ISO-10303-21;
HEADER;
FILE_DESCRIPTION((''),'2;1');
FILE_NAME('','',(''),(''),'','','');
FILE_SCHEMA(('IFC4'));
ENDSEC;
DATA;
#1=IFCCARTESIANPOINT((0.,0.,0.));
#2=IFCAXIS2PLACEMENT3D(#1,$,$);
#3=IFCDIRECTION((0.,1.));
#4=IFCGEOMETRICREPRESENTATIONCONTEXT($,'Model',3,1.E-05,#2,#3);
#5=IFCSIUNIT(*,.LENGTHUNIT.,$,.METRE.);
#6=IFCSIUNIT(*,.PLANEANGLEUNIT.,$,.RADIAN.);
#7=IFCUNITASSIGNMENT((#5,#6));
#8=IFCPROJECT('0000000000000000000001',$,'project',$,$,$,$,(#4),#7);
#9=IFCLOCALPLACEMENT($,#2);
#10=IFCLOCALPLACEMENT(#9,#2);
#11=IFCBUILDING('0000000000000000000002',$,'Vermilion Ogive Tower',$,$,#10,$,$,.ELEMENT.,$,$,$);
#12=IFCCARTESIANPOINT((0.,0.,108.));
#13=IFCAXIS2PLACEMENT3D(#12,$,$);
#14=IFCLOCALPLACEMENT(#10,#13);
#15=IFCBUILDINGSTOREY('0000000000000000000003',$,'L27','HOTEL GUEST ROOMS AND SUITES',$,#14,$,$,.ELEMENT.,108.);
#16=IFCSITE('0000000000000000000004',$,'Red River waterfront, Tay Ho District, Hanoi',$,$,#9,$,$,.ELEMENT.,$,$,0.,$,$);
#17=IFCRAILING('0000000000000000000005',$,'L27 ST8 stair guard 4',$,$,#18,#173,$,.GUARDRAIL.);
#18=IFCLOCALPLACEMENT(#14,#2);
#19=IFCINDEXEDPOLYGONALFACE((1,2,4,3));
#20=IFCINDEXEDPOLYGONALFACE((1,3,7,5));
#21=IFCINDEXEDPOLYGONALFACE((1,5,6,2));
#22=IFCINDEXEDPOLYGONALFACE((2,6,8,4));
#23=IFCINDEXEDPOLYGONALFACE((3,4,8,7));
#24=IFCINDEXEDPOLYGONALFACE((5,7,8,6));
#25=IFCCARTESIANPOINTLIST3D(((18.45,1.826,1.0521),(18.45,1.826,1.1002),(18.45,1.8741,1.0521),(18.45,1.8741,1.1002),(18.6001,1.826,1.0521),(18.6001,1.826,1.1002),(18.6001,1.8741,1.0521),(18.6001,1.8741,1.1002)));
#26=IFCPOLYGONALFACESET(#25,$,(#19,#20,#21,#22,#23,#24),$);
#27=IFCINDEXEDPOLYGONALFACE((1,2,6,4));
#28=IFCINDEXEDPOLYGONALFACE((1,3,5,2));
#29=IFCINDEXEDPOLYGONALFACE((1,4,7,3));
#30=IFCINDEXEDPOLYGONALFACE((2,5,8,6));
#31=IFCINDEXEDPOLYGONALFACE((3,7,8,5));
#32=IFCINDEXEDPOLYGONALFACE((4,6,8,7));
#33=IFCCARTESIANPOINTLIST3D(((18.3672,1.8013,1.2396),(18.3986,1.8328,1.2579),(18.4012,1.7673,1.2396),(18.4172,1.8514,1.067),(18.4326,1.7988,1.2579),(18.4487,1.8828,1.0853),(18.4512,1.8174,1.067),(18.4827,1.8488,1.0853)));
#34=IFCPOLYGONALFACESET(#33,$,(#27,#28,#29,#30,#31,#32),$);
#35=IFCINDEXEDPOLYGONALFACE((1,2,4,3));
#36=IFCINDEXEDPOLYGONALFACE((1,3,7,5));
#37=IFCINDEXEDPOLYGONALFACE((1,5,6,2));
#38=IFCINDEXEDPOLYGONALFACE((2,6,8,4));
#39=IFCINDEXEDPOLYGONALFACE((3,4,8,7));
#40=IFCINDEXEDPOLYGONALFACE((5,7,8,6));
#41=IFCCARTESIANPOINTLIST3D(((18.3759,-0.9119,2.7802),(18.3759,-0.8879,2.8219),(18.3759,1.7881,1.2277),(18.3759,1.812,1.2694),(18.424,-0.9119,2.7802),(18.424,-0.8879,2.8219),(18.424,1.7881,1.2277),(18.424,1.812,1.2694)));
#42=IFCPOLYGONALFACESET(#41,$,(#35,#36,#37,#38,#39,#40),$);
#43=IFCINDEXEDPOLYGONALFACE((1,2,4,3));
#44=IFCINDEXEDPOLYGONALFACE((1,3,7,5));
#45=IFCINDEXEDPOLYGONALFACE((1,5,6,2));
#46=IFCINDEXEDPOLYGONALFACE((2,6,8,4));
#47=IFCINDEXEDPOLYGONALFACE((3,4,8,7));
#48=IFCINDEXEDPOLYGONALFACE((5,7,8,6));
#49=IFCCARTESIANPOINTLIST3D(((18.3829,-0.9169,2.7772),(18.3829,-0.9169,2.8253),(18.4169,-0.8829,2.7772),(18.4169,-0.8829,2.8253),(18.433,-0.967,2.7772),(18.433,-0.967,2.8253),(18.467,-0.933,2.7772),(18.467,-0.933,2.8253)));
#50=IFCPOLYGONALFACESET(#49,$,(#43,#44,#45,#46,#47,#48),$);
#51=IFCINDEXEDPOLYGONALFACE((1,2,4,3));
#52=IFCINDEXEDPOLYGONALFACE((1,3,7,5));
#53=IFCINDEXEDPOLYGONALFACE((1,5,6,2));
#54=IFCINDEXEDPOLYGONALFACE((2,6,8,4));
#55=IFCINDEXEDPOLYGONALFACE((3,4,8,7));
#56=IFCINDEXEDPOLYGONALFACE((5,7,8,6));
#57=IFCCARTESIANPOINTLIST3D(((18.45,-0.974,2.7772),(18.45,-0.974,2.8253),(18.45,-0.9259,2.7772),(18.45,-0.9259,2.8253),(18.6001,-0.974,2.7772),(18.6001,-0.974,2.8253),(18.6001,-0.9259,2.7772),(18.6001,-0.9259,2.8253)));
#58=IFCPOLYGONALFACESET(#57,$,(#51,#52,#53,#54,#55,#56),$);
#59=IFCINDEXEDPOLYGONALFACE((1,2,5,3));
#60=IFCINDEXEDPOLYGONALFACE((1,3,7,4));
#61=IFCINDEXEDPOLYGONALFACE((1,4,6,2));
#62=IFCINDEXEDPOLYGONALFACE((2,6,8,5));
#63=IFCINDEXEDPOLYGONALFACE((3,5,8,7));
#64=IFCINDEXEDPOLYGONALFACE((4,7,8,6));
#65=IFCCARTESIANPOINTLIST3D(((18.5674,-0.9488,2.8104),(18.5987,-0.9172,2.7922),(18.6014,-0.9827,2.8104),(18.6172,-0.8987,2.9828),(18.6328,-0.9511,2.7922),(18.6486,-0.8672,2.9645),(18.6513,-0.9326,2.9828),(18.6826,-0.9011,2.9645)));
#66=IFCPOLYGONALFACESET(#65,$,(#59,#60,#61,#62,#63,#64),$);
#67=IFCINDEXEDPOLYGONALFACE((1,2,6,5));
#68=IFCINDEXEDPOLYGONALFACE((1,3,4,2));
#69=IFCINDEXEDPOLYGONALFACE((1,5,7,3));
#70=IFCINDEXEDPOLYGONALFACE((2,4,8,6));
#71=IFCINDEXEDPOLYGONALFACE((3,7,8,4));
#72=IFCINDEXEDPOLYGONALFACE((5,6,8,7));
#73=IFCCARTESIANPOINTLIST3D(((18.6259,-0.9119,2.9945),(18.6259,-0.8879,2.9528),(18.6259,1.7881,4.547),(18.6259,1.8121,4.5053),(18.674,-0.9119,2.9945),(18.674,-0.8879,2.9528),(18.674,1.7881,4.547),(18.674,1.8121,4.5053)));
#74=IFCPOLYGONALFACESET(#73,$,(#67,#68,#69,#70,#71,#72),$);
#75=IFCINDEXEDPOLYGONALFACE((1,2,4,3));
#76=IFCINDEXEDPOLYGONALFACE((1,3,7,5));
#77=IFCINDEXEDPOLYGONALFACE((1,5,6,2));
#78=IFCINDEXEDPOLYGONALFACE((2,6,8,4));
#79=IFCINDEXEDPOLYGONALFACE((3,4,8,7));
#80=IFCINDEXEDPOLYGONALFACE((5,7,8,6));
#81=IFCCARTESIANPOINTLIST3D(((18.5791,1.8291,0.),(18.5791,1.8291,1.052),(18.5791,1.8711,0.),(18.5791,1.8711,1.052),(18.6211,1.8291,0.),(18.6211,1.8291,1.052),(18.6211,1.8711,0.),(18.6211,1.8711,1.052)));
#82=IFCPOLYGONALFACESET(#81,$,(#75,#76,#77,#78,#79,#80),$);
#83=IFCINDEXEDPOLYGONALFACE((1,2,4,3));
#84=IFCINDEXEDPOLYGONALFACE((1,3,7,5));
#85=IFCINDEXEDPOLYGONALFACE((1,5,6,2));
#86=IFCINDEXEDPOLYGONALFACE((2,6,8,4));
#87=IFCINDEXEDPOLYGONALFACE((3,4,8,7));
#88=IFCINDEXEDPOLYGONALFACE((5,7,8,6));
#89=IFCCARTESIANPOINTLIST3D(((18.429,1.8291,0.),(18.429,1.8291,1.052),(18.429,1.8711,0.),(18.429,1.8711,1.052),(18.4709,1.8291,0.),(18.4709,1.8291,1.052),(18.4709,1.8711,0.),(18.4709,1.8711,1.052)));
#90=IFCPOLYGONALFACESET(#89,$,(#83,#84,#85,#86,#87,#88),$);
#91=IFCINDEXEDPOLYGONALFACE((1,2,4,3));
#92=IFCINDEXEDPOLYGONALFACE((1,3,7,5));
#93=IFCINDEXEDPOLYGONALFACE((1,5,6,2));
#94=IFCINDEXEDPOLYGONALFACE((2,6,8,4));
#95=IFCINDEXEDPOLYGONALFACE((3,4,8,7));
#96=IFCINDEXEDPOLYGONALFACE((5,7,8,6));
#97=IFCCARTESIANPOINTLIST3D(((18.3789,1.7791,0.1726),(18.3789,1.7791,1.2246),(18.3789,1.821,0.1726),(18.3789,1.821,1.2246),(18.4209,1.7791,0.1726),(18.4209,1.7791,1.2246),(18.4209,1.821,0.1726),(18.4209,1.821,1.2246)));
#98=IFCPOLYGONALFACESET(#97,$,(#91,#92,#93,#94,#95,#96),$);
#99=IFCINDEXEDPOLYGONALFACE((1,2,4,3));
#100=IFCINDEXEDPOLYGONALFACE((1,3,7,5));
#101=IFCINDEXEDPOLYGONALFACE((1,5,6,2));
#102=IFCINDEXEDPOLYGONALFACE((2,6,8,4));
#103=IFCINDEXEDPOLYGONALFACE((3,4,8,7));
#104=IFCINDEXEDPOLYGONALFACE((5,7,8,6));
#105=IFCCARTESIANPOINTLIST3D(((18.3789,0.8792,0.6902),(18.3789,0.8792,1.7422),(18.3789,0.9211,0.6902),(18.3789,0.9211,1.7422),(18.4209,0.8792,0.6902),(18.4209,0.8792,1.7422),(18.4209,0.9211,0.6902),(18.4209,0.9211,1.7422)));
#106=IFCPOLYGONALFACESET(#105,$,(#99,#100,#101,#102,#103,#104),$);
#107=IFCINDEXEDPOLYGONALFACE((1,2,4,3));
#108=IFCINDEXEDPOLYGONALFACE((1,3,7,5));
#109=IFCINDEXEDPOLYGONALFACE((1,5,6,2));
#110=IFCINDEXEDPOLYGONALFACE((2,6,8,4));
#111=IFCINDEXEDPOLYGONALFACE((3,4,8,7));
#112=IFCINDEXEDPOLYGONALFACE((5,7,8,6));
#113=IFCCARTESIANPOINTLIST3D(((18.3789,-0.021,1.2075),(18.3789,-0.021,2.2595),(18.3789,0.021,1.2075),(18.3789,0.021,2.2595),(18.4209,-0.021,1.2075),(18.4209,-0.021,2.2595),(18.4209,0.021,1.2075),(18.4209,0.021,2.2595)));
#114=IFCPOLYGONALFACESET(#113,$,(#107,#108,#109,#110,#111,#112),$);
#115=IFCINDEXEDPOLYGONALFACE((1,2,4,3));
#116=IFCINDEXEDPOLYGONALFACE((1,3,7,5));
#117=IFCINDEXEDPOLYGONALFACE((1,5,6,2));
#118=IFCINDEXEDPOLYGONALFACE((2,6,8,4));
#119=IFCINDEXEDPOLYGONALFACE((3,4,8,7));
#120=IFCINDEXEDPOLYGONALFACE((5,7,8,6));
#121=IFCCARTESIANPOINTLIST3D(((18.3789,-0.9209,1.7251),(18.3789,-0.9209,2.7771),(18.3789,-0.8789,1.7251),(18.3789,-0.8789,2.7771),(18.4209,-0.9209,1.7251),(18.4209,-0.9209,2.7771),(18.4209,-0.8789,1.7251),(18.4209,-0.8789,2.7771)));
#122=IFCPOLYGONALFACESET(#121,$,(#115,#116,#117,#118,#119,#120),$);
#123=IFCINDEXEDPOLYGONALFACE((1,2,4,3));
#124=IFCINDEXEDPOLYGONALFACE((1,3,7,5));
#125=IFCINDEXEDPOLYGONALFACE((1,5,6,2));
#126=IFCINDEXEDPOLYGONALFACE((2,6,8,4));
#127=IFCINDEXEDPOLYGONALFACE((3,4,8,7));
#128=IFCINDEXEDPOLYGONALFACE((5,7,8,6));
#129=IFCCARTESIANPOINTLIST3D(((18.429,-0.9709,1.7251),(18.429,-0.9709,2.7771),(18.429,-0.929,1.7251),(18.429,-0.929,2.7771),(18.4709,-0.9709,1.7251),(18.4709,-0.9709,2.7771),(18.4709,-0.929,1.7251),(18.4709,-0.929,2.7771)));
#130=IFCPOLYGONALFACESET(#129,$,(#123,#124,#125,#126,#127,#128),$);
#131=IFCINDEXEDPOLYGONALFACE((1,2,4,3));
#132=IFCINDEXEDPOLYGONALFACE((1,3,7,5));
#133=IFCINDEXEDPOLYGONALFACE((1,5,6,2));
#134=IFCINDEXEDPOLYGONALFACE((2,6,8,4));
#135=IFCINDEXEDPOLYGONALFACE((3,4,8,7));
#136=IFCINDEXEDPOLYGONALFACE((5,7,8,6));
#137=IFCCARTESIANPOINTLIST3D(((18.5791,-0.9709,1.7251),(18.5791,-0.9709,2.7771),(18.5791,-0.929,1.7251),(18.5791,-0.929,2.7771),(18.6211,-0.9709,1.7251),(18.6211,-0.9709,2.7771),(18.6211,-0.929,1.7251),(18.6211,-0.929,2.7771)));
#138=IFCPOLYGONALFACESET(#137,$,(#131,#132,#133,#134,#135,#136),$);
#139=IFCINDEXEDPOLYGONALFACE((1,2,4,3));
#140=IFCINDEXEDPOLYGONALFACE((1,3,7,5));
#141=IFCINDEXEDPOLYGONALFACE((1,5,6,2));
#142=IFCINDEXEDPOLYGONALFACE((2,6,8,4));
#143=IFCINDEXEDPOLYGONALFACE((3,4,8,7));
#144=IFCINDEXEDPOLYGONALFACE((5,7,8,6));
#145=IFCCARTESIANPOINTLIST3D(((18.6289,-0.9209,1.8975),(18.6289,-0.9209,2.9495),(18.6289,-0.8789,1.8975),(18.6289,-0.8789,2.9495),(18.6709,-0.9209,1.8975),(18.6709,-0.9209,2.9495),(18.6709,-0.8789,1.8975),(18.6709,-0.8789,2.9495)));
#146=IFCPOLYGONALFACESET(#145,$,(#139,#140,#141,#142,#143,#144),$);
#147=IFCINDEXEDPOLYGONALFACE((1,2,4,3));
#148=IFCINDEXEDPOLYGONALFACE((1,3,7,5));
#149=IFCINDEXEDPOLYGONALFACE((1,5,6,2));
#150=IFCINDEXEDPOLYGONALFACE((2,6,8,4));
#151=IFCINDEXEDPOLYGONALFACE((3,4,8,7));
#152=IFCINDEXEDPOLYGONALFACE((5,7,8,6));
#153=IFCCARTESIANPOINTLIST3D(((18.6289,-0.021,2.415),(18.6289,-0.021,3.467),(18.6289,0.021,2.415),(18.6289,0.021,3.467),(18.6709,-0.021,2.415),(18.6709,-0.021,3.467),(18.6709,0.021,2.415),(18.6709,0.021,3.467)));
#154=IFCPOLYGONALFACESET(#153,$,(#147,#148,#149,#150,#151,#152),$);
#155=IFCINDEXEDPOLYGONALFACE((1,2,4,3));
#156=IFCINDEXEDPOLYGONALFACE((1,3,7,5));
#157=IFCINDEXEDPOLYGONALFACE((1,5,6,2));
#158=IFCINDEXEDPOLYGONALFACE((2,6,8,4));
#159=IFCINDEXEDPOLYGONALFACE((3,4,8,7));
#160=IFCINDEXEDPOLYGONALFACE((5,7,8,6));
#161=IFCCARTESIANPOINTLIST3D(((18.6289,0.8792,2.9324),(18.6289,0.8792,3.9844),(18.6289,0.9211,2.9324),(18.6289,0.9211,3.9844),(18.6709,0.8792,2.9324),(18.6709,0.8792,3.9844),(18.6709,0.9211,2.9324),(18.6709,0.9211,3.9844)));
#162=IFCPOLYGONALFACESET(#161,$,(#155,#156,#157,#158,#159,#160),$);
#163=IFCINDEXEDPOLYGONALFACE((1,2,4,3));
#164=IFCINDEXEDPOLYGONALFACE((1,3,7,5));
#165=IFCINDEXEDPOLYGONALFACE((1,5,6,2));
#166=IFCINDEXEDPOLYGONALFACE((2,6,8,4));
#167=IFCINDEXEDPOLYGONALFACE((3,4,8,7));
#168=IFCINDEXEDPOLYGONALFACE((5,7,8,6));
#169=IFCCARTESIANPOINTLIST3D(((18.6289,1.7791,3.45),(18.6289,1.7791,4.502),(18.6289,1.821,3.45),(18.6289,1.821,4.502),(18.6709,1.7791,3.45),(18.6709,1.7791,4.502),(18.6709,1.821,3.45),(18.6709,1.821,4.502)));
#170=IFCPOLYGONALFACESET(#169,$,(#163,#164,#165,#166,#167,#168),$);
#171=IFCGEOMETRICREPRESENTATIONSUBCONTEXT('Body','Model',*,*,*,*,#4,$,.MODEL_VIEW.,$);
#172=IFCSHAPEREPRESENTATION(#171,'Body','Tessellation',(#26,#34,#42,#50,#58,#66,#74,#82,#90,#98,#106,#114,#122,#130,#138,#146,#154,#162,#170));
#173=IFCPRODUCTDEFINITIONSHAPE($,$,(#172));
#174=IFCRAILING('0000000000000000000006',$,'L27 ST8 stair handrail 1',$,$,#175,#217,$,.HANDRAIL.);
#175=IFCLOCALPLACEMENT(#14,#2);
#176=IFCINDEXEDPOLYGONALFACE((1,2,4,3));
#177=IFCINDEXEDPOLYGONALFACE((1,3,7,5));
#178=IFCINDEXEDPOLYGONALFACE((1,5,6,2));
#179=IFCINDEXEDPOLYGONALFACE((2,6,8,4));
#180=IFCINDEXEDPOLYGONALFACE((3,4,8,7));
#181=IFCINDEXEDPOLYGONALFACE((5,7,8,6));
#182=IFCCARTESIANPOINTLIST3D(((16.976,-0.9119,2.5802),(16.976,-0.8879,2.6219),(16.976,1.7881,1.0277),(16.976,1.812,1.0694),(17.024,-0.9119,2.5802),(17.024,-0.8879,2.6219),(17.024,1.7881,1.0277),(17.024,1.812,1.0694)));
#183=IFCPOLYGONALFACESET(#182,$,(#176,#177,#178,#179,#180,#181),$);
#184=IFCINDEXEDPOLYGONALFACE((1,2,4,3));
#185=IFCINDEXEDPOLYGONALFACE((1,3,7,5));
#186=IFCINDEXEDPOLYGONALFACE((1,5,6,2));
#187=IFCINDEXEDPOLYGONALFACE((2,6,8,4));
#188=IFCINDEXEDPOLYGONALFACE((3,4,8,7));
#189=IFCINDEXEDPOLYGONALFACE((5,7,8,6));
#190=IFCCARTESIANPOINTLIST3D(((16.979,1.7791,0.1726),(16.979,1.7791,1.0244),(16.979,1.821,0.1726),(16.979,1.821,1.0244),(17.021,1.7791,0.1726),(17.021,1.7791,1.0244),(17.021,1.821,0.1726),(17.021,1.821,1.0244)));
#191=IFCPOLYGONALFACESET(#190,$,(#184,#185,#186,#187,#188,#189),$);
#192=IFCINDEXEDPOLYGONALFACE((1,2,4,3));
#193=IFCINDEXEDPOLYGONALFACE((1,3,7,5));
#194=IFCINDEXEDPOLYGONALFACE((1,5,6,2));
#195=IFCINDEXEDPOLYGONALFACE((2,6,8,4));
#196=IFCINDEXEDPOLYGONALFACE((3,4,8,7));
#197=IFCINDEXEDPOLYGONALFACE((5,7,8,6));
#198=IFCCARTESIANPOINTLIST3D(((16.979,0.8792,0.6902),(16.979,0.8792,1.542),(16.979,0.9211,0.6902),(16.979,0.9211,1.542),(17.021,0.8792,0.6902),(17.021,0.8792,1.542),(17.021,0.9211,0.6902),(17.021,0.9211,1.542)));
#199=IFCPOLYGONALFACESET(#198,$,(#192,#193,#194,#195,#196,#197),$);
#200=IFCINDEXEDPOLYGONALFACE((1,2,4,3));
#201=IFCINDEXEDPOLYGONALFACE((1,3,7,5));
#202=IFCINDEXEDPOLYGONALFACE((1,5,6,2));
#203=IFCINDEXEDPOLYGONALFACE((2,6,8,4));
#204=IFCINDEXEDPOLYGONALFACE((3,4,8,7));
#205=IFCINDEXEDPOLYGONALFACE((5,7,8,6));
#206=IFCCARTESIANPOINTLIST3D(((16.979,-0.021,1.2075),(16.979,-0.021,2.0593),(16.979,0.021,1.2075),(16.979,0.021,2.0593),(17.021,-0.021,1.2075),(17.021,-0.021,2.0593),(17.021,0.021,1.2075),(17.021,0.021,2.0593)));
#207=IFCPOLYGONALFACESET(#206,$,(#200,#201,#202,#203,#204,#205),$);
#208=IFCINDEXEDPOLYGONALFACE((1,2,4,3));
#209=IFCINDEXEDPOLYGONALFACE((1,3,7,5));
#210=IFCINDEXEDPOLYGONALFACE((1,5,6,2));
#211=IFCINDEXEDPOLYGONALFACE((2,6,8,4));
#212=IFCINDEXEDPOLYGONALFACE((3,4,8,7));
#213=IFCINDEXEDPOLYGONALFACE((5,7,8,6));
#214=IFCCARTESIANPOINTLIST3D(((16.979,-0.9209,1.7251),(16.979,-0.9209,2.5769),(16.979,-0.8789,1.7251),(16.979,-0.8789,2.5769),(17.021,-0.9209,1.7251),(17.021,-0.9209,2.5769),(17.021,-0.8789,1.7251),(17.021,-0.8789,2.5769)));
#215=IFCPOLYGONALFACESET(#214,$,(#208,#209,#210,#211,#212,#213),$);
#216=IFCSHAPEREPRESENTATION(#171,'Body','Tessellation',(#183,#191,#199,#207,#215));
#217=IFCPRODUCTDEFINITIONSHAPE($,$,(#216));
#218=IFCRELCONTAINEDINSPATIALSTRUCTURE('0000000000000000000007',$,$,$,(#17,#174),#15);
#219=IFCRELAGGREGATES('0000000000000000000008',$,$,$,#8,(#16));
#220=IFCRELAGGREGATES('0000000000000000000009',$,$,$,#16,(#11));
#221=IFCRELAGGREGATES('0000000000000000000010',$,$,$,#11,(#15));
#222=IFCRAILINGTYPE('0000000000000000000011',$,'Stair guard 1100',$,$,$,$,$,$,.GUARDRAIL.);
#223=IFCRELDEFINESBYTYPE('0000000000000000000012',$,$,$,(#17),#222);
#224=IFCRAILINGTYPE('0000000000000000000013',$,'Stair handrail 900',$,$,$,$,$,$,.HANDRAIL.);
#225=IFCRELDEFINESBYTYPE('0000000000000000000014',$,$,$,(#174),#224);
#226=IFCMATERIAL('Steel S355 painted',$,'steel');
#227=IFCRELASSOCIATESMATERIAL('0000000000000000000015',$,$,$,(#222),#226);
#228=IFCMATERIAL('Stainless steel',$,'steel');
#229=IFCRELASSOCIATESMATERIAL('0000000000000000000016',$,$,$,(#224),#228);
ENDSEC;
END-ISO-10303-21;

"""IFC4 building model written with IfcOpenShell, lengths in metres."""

from ifc_helpers import new_model, si_unit, direction, frame, origin, origin_2d, place, context, subcontext, project, spatial, rectangle, extrude, material, type_object, element, save


model = new_model("IFC4")

# Units and contexts
model_context = context("Model", 3, precision=1e-05, world=origin(), true_north=direction((0.0, 1.0)))
body_context = subcontext(model_context, "Body", "Model", "MODEL_VIEW")
ifc_project = project(units=[si_unit("LENGTHUNIT", "METRE"), si_unit("PLANEANGLEUNIT", "RADIAN")], contexts=[model_context])

# Site, building, storey
site_placement = place(None, origin())
site = spatial("IfcSite", under=ifc_project, at=site_placement, Name="Red River waterfront, Tay Ho District, Hanoi", CompositionType="ELEMENT", RefElevation=0.0)
building_placement = place(site_placement, origin())
building = spatial("IfcBuilding", under=site, at=building_placement, Name="Vermilion Ogive Tower", CompositionType="ELEMENT")
storey_placement = place(building_placement, frame((0.0, 0.0, 108.0)))
storey = spatial("IfcBuildingStorey", under=building, at=storey_placement, Name="L27", Description="HOTEL GUEST ROOMS AND SUITES", CompositionType="ELEMENT", Elevation=108.0)

# Railings
ifc_material_1 = material(Name="Steel S355 painted", Category="steel")
railing_type_1 = type_object("IfcRailingType", Name="Stair guard 1100", PredefinedType="GUARDRAIL", material=ifc_material_1)
railing_1_placement = place(storey_placement, frame((18.6001, 1.8501, 0.0)))
element("IfcRailing", 1, at=railing_1_placement, inside=storey, type_object=railing_type_1, Name="L27 ST8 stair guard 4", PredefinedType="GUARDRAIL", context=body_context, shape_type="SweptSolid", body=[
    extrude(rectangle(XDim=0.0481, YDim=0.0481, at=origin_2d()), frame((0.0, 0.0, 1.0762), z_axis=(-1.0, 0.0, 0.0), x_axis=(0.0, -1.0, 0.0)), (0.0, 0.0, 1.0), 0.1501),
    extrude(rectangle(XDim=0.0481, YDim=0.0481, at=origin_2d()), frame((-0.1501, 0.0, 1.0762), z_axis=(-0.268278, -0.268278, 0.925232), x_axis=(0.707107, -0.707107, 0.0)), (0.0, 0.0, 1.0), 0.1865),
    extrude(rectangle(XDim=0.0481, YDim=0.0481, at=origin_2d()), frame((-0.2002, -0.05, 1.2485), z_axis=(0.0, -0.866904, 0.498476), x_axis=(1.0, 0.0, 0.0)), (0.0, 0.0, 1.0), 3.1145),
    extrude(rectangle(XDim=0.0481, YDim=0.0481, at=origin_2d()), frame((-0.2002, -2.75, 2.8013), z_axis=(0.707107, -0.707107, 0.0), x_axis=(0.707107, 0.707107, 0.0)), (0.0, 0.0, 1.0), 0.0708),
    extrude(rectangle(XDim=0.0481, YDim=0.0481, at=origin_2d()), frame((-0.1501, -2.8, 2.8013), z_axis=(1.0, 0.0, 0.0), x_axis=(0.0, 1.0, 0.0)), (0.0, 0.0, 1.0), 0.1501),
    extrude(rectangle(XDim=0.0481, YDim=0.0481, at=origin_2d()), frame((0.0, -2.8, 2.8013), z_axis=(0.267387, 0.268698, 0.925368), x_axis=(-0.708834, 0.705376, 0.0)), (0.0, 0.0, 1.0), 0.1863),
    extrude(rectangle(XDim=0.0481, YDim=0.0481, at=origin_2d()), frame((0.0498, -2.75, 2.9736), z_axis=(0.0, 0.866904, 0.498476), x_axis=(-1.0, 0.0, 0.0)), (0.0, 0.0, 1.0), 3.1145),
    extrude(rectangle(XDim=0.042, YDim=0.042, at=origin_2d()), origin(), (0.0, 0.0, 1.0), 1.052),
    extrude(rectangle(XDim=0.042, YDim=0.042, at=origin_2d()), frame((-0.1501, 0.0, 0.0)), (0.0, 0.0, 1.0), 1.052),
    extrude(rectangle(XDim=0.042, YDim=0.042, at=origin_2d()), frame((-0.2002, -0.05, 0.1726)), (0.0, 0.0, 1.0), 1.052),
    extrude(rectangle(XDim=0.042, YDim=0.042, at=origin_2d()), frame((-0.2002, -0.95, 0.6902)), (0.0, 0.0, 1.0), 1.052),
    extrude(rectangle(XDim=0.042, YDim=0.042, at=origin_2d()), frame((-0.2002, -1.8501, 1.2075)), (0.0, 0.0, 1.0), 1.052),
    extrude(rectangle(XDim=0.042, YDim=0.042, at=origin_2d()), frame((-0.2002, -2.75, 1.7251)), (0.0, 0.0, 1.0), 1.052),
    extrude(rectangle(XDim=0.042, YDim=0.042, at=origin_2d()), frame((-0.1501, -2.8, 1.7251)), (0.0, 0.0, 1.0), 1.052),
    extrude(rectangle(XDim=0.042, YDim=0.042, at=origin_2d()), frame((0.0, -2.8, 1.7251)), (0.0, 0.0, 1.0), 1.052),
    extrude(rectangle(XDim=0.042, YDim=0.042, at=origin_2d()), frame((0.0498, -2.75, 1.8975)), (0.0, 0.0, 1.0), 1.052),
    extrude(rectangle(XDim=0.042, YDim=0.042, at=origin_2d()), frame((0.0498, -1.8501, 2.415)), (0.0, 0.0, 1.0), 1.052),
    extrude(rectangle(XDim=0.042, YDim=0.042, at=origin_2d()), frame((0.0498, -0.95, 2.9324)), (0.0, 0.0, 1.0), 1.052),
    extrude(rectangle(XDim=0.042, YDim=0.042, at=origin_2d()), frame((0.0498, -0.05, 3.45)), (0.0, 0.0, 1.0), 1.052),
])
ifc_material_2 = material(Name="Stainless steel", Category="steel")
railing_type_2 = type_object("IfcRailingType", Name="Stair handrail 900", PredefinedType="HANDRAIL", material=ifc_material_2)
railing_2_placement = place(storey_placement, frame((17.0, 1.8, 0.1726)))
element("IfcRailing", 2, at=railing_2_placement, inside=storey, type_object=railing_type_2, Name="L27 ST8 stair handrail 1", PredefinedType="HANDRAIL", context=body_context, shape_type="SweptSolid", body=[
    extrude(rectangle(XDim=0.0481, YDim=0.0481, at=origin_2d()), frame((0.0, 0.0, 0.876), z_axis=(0.0, -0.866904, 0.498476), x_axis=(1.0, 0.0, 0.0)), (0.0, 0.0, 1.0), 3.1145),
    extrude(rectangle(XDim=0.042, YDim=0.042, at=origin_2d()), origin(), (0.0, 0.0, 1.0), 0.8518),
    extrude(rectangle(XDim=0.042, YDim=0.042, at=origin_2d()), frame((0.0, -0.8999, 0.5176)), (0.0, 0.0, 1.0), 0.8518),
    extrude(rectangle(XDim=0.042, YDim=0.042, at=origin_2d()), frame((0.0, -1.8, 1.0349)), (0.0, 0.0, 1.0), 0.8518),
    extrude(rectangle(XDim=0.042, YDim=0.042, at=origin_2d()), frame((0.0, -2.7, 1.5525)), (0.0, 0.0, 1.0), 0.8518),
])

save(model, "model.ifc")
